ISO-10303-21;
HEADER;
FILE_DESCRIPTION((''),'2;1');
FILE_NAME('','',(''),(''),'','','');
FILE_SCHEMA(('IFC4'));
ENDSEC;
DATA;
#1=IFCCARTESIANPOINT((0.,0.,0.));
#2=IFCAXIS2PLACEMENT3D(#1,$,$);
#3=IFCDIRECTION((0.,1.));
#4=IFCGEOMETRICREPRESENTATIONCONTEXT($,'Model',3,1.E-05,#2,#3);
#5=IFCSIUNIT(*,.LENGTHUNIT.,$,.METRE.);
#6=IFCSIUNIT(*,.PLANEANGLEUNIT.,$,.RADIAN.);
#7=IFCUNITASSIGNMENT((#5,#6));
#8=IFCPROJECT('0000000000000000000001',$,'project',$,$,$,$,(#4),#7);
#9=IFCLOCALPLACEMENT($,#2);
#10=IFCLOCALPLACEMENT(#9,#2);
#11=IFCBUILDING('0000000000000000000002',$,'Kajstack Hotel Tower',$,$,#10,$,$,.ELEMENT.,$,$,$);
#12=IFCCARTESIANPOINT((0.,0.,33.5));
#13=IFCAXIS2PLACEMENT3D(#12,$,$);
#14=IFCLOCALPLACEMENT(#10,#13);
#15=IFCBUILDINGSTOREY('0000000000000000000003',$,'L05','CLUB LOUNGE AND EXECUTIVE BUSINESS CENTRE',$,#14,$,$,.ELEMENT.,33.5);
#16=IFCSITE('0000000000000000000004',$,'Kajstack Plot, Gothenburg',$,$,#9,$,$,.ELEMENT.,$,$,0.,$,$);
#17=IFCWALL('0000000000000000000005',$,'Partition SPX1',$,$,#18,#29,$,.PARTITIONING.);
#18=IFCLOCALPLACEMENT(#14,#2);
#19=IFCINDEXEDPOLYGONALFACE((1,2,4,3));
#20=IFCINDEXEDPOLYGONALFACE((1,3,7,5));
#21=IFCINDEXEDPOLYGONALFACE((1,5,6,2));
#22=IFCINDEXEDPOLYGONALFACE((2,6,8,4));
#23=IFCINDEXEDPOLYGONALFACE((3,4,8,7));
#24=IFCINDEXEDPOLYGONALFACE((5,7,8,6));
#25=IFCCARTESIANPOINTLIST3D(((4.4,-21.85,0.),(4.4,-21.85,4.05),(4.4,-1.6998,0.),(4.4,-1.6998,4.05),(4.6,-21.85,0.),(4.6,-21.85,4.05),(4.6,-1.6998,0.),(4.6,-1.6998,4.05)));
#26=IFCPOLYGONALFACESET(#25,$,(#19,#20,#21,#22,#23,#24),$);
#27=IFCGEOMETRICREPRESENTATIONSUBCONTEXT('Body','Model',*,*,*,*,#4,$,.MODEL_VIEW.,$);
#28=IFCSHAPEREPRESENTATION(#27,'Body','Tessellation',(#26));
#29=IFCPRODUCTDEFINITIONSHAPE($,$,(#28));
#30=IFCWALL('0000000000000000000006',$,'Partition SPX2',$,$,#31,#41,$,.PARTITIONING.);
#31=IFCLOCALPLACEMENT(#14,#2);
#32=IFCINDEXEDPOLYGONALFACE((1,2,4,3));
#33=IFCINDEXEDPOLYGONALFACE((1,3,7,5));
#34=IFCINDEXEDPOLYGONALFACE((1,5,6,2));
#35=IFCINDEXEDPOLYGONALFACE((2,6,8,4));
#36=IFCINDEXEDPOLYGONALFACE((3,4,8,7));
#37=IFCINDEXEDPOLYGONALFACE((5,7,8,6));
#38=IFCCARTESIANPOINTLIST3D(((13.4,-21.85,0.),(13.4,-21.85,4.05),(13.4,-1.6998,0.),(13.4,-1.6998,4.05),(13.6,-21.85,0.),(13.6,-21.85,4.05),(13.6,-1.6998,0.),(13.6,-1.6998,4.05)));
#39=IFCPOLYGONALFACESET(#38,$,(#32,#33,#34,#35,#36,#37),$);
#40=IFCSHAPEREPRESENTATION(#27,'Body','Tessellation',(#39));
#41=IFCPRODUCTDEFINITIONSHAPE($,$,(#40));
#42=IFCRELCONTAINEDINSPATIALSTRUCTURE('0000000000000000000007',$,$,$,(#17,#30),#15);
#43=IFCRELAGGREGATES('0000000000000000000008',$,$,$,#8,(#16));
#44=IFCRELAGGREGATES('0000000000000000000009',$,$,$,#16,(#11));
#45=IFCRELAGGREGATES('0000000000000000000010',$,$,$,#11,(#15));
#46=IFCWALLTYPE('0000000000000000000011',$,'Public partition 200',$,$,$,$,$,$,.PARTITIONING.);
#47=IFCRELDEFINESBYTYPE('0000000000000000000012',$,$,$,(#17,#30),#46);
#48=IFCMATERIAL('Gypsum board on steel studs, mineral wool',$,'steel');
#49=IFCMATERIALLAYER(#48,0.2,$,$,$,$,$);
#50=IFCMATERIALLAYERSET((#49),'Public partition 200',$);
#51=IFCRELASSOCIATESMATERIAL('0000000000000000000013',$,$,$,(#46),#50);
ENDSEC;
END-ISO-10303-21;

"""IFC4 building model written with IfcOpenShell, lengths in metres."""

from ifc_helpers import new_model, si_unit, direction, frame, frame_2d, origin, place, context, subcontext, project, spatial, rectangle, extrude, material, layer, layer_set, type_object, element, save


model = new_model("IFC4")

# Units and contexts
model_context = context("Model", 3, precision=1e-05, world=origin(), true_north=direction((0.0, 1.0)))
body_context = subcontext(model_context, "Body", "Model", "MODEL_VIEW")
ifc_project = project(units=[si_unit("LENGTHUNIT", "METRE"), si_unit("PLANEANGLEUNIT", "RADIAN")], contexts=[model_context])

# Site, building, storey
site_placement = place(None, origin())
site = spatial("IfcSite", under=ifc_project, at=site_placement, Name="Kajstack Plot, Gothenburg", CompositionType="ELEMENT", RefElevation=0.0)
building_placement = place(site_placement, origin())
building = spatial("IfcBuilding", under=site, at=building_placement, Name="Kajstack Hotel Tower", CompositionType="ELEMENT")
storey_placement = place(building_placement, frame((0.0, 0.0, 33.5)))
storey = spatial("IfcBuildingStorey", under=building, at=storey_placement, Name="L05", Description="CLUB LOUNGE AND EXECUTIVE BUSINESS CENTRE", CompositionType="ELEMENT", Elevation=33.5)

# Walls
ifc_material_1 = material(Name="Gypsum board on steel studs, mineral wool", Category="steel")
ifc_layer_1 = layer(ifc_material_1, 0.2)
ifc_layer_set_1 = layer_set([ifc_layer_1], Name="Public partition 200")
wall_type = type_object("IfcWallType", Name="Public partition 200", PredefinedType="PARTITIONING", material=ifc_layer_set_1)
for number, where, z_axis, x_axis, name in (
    (1, (4.5, -21.8501, 0.0), (0.0, 0.0, 1.0), (0.0, 1.0, 0.0), "Partition SPX1"),
    (2, (13.5, -21.8501, 0.0), (0.0, 0.0, 1.0), (0.0, 1.0, 0.0), "Partition SPX2"),
):
    element("IfcWall", number, at=place(storey_placement, frame(where, z_axis=z_axis, x_axis=x_axis)), inside=storey, type_object=wall_type, Name=name, PredefinedType="PARTITIONING", context=body_context, shape_type="SweptSolid", body=[
        extrude(rectangle(XDim=20.1501, YDim=0.2, at=frame_2d((10.0752, 0.0))), origin(), (0.0, 0.0, 1.0), 4.05),
    ])

save(model, "model.ifc")
